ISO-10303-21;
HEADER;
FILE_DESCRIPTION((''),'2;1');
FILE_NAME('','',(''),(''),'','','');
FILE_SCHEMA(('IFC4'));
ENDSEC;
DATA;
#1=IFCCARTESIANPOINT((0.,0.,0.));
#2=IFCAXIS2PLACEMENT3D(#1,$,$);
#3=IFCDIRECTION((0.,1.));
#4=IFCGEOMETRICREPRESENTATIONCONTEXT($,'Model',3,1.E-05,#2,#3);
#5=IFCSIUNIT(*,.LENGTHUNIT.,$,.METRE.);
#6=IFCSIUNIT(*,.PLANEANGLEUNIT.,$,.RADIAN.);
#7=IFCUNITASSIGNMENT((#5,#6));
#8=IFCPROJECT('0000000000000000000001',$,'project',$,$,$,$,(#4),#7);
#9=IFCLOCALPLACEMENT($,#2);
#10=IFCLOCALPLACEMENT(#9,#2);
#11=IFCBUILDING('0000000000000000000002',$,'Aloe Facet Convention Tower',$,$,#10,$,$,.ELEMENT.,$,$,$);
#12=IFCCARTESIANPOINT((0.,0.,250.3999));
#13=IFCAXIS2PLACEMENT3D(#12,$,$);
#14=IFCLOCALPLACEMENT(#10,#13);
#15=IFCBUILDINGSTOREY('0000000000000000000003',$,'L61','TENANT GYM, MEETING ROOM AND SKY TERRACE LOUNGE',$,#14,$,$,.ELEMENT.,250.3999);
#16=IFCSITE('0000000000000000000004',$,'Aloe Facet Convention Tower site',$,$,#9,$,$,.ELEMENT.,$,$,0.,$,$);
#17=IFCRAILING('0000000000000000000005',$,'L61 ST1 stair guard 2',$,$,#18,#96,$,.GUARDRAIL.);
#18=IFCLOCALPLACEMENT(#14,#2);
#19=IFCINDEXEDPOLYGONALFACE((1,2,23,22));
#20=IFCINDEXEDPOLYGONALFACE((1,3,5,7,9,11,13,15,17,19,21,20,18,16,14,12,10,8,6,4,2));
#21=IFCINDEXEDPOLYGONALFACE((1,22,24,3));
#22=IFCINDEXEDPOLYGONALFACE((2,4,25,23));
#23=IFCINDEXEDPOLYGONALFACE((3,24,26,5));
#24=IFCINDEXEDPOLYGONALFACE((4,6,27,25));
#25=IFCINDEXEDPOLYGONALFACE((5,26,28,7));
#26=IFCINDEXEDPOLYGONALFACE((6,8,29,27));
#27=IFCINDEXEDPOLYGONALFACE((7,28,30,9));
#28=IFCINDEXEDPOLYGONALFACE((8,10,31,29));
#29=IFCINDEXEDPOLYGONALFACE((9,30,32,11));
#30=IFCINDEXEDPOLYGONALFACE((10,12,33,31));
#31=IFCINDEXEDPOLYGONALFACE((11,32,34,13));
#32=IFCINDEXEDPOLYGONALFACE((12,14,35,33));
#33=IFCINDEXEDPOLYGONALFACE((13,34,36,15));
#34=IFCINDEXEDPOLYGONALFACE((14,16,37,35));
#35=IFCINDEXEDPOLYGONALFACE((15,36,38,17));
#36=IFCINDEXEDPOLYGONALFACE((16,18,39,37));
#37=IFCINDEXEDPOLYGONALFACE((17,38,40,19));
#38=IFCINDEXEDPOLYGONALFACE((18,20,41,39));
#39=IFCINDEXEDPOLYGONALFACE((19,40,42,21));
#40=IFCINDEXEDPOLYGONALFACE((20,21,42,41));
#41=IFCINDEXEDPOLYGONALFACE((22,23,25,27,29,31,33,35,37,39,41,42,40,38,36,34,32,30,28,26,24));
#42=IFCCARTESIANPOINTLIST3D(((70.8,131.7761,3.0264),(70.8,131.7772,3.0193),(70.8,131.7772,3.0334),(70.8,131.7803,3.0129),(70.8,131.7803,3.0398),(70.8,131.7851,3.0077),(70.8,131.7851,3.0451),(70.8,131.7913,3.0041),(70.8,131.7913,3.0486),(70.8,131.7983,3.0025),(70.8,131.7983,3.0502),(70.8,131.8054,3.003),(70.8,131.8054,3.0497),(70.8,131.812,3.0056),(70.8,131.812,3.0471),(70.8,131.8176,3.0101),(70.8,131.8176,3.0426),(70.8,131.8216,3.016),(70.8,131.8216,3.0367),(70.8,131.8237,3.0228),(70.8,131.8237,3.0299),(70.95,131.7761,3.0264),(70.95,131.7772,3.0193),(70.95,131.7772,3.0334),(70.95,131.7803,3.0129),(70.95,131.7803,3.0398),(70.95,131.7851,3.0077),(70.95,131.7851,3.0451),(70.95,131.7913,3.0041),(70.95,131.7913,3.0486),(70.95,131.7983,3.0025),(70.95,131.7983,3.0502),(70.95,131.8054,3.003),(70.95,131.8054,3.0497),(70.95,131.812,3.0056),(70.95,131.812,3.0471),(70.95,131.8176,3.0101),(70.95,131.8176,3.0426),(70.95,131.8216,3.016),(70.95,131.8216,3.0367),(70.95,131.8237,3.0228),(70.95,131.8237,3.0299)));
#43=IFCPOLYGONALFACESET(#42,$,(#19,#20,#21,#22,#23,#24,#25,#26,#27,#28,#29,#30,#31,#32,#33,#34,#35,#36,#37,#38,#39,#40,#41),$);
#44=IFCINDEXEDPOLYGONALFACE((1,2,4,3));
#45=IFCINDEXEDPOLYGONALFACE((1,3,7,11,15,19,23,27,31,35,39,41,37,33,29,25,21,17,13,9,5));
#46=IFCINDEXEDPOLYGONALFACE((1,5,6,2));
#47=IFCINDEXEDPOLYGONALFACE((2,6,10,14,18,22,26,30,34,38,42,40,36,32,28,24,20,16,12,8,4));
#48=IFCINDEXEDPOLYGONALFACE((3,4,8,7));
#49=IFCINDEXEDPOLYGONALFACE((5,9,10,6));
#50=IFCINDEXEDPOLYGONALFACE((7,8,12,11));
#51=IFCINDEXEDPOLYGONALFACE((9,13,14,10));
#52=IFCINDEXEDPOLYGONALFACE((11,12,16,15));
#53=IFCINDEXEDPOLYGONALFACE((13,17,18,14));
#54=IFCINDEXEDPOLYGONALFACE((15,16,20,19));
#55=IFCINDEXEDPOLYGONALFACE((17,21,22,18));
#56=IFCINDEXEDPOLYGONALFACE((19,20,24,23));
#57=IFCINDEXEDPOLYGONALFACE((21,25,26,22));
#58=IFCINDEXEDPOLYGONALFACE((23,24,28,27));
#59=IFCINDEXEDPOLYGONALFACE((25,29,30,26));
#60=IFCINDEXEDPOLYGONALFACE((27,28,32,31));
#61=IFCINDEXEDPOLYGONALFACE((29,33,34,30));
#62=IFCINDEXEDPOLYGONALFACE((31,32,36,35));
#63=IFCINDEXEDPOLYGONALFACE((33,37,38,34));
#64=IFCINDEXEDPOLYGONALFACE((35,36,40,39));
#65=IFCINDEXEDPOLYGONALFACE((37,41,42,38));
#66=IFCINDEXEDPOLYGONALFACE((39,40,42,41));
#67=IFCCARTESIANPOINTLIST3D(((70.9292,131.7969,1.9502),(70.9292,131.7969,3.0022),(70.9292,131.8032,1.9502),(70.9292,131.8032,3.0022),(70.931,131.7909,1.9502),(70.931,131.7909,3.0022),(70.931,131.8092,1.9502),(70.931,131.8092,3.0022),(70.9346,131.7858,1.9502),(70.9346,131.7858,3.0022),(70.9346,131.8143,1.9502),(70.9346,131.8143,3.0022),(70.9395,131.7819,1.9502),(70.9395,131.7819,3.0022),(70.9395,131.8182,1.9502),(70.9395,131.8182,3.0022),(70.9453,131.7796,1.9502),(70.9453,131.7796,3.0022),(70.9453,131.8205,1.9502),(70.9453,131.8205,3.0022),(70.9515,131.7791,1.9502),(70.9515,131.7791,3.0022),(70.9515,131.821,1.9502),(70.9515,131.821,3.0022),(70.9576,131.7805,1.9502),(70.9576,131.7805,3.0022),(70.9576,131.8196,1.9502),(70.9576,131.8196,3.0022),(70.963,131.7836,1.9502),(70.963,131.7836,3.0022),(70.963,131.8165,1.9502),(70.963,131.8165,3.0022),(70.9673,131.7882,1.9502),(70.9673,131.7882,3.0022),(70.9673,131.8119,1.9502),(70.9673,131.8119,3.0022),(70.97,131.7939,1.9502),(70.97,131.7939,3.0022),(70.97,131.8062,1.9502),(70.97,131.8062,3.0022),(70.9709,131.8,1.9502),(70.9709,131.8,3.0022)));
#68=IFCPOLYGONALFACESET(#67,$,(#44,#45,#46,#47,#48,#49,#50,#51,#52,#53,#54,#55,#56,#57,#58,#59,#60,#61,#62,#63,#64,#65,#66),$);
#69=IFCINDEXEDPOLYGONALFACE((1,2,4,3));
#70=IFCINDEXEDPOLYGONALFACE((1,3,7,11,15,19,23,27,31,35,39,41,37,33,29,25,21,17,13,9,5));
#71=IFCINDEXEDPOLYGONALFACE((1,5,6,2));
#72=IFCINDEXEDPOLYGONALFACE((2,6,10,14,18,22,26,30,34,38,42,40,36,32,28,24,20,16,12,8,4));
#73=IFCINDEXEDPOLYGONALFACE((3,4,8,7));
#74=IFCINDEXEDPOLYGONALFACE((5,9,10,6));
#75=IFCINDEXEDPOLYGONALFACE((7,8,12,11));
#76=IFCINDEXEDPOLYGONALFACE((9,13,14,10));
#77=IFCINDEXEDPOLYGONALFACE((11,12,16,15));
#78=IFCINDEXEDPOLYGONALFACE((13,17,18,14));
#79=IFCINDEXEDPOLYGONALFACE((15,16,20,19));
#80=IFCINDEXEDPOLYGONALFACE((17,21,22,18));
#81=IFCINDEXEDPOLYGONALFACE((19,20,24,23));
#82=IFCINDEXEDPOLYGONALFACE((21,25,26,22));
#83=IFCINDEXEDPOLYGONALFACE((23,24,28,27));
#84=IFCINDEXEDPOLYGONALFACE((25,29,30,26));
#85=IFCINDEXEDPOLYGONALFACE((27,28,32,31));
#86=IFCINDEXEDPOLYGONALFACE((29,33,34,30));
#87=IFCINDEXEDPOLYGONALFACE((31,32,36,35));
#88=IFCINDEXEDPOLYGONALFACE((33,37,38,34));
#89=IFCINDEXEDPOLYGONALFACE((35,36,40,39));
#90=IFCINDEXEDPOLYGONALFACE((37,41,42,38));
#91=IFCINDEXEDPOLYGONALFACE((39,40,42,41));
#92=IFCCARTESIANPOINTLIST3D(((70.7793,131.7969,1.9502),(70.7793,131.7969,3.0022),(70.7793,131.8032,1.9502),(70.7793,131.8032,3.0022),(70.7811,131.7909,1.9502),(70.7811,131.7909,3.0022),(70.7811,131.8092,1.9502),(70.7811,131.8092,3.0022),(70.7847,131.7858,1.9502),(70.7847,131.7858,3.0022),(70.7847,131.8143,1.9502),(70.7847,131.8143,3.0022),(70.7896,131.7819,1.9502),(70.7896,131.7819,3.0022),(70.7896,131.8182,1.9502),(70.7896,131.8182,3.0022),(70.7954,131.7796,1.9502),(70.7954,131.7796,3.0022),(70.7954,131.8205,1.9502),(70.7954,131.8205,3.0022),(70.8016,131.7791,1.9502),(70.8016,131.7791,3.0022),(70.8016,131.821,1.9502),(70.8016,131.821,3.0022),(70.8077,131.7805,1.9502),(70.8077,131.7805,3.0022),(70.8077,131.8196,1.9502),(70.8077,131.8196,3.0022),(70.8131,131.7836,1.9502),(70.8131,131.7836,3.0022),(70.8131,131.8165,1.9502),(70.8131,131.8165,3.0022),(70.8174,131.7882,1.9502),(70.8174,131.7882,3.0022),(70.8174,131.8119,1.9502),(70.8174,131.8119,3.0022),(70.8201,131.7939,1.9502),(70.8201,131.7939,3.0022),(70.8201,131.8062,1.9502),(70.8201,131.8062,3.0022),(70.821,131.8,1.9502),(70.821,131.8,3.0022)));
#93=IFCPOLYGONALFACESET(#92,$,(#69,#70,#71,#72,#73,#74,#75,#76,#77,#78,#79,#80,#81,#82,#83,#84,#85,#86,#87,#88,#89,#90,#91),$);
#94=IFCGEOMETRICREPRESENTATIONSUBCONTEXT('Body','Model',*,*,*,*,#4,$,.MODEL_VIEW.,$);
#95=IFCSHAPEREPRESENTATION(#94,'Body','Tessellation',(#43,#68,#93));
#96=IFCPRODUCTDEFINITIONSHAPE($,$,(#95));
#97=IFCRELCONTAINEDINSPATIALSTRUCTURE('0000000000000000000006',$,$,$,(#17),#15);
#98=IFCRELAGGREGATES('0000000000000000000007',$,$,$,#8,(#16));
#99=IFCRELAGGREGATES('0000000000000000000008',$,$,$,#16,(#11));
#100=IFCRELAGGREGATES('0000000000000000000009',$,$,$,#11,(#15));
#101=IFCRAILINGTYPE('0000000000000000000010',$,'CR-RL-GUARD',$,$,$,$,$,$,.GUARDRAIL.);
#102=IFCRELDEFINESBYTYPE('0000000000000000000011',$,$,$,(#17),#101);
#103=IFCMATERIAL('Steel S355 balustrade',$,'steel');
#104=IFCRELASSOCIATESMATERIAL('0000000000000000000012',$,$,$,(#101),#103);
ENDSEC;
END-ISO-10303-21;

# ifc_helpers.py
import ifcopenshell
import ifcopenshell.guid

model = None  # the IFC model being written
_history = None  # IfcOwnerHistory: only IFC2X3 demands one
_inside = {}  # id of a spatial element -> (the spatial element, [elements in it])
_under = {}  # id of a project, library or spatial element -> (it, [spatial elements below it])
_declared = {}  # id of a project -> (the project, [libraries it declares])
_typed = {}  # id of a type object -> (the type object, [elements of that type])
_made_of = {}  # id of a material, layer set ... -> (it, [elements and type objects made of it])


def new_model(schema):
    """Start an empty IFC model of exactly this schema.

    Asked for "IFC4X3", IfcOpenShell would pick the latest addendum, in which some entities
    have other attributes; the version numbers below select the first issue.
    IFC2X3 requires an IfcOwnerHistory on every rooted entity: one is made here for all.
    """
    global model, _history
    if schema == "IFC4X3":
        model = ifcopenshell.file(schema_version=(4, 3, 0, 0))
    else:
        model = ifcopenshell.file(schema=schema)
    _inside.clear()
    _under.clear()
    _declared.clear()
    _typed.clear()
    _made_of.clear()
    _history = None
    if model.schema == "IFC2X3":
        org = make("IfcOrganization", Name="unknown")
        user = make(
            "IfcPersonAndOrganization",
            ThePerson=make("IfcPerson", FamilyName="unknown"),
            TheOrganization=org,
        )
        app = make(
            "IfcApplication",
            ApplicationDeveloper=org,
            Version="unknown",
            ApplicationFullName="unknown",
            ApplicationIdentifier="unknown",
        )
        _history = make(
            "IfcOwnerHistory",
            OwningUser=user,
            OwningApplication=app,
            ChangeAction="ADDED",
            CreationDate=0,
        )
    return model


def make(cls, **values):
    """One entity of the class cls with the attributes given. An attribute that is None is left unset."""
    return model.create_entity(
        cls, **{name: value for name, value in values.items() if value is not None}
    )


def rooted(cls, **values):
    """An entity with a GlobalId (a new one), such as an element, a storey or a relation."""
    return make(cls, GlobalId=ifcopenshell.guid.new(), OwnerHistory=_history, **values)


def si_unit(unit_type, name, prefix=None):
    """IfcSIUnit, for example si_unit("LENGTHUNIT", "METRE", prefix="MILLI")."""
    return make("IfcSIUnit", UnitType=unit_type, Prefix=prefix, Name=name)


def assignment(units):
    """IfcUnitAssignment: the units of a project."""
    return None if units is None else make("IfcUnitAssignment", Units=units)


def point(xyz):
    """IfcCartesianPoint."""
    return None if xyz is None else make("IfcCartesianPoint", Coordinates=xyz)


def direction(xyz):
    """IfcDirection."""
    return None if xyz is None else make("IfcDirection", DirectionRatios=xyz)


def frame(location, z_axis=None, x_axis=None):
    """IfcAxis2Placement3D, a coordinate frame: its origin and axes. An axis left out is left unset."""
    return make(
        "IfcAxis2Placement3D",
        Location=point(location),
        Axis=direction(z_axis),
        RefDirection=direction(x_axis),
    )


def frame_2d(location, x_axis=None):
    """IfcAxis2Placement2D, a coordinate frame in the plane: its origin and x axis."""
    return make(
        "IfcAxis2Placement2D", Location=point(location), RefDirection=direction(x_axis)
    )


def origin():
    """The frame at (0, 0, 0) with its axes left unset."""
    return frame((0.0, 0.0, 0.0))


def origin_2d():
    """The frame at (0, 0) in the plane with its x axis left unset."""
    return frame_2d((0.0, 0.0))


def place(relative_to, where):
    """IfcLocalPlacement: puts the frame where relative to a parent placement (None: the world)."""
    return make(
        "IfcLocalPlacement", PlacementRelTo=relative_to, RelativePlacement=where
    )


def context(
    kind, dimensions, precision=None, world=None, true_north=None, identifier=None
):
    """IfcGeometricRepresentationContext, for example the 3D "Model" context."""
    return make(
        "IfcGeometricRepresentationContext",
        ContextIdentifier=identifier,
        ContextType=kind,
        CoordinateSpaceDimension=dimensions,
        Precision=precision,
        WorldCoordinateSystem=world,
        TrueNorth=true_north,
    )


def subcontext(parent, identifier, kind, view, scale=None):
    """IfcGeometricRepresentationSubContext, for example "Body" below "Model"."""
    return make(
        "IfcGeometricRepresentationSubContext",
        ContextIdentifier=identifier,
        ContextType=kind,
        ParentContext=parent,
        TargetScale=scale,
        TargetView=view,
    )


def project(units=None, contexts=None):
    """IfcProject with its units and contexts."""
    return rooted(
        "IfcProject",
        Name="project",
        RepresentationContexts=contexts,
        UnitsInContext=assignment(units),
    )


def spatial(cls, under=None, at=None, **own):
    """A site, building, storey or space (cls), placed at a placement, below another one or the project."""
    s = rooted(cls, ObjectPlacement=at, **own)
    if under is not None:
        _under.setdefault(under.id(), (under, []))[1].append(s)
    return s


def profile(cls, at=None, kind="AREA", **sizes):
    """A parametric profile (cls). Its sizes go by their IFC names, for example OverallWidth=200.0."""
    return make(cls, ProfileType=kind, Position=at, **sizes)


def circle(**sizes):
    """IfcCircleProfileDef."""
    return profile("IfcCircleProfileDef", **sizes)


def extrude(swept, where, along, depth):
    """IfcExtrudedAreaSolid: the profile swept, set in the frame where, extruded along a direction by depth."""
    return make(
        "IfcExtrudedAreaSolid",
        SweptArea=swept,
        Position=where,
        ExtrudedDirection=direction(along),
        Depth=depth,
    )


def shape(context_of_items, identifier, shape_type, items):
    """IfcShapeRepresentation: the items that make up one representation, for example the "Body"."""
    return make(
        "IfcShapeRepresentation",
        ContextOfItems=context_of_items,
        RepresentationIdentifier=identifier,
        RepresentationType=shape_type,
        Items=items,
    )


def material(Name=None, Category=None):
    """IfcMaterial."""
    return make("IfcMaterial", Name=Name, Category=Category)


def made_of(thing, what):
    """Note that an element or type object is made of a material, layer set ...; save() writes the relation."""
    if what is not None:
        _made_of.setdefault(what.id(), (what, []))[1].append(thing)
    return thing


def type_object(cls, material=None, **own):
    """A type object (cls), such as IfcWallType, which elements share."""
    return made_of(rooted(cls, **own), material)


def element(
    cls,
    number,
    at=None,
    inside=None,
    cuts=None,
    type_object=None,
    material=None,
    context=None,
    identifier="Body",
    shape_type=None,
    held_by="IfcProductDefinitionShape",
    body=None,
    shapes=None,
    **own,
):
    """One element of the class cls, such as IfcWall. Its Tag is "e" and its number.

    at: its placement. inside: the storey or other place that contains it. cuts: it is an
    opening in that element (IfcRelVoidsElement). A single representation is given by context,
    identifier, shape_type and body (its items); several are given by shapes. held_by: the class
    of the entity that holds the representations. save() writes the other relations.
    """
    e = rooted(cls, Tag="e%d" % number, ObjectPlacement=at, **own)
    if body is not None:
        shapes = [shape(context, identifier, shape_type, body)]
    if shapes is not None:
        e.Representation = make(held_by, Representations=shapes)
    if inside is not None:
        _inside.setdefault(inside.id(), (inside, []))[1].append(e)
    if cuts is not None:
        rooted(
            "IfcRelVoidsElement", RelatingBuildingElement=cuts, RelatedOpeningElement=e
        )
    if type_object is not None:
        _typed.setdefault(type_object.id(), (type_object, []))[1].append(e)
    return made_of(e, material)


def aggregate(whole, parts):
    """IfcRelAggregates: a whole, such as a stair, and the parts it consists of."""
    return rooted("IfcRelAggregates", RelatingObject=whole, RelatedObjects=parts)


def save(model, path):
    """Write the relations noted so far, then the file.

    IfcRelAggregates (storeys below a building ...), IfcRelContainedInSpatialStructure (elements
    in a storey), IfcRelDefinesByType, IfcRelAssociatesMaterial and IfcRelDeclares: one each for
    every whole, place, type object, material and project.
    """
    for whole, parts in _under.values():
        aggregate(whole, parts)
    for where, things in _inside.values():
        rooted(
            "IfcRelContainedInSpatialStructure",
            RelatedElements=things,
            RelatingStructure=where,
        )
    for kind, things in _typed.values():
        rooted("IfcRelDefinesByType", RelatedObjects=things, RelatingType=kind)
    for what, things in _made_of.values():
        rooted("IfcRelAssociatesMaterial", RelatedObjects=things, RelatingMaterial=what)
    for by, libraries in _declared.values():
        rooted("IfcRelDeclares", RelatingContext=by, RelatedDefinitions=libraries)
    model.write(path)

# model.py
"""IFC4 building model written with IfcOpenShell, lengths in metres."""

from ifc_helpers import new_model, si_unit, direction, frame, origin, origin_2d, place, context, subcontext, project, spatial, circle, extrude, material, type_object, element, save


model = new_model("IFC4")

# Units and contexts
model_context = context("Model", 3, precision=1e-05, world=origin(), true_north=direction((0.0, 1.0)))
body_context = subcontext(model_context, "Body", "Model", "MODEL_VIEW")
ifc_project = project(units=[si_unit("LENGTHUNIT", "METRE"), si_unit("PLANEANGLEUNIT", "RADIAN")], contexts=[model_context])

# Site, building, storey
site_placement = place(None, origin())
site = spatial("IfcSite", under=ifc_project, at=site_placement, Name="Aloe Facet Convention Tower site", CompositionType="ELEMENT", RefElevation=0.0)
building_placement = place(site_placement, origin())
building = spatial("IfcBuilding", under=site, at=building_placement, Name="Aloe Facet Convention Tower", CompositionType="ELEMENT")
storey_placement = place(building_placement, frame((0.0, 0.0, 250.3999)))
storey = spatial("IfcBuildingStorey", under=building, at=storey_placement, Name="L61", Description="TENANT GYM, MEETING ROOM AND SKY TERRACE LOUNGE", CompositionType="ELEMENT", Elevation=250.3999)

# Railing
ifc_material_1 = material(Name="Steel S355 balustrade", Category="steel")
railing_type_1 = type_object("IfcRailingType", Name="CR-RL-GUARD", PredefinedType="GUARDRAIL", material=ifc_material_1)
railing_1_placement = place(storey_placement, frame((70.95, 131.8, 1.9502)))
element("IfcRailing", 1, at=railing_1_placement, inside=storey, type_object=railing_type_1, Name="L61 ST1 stair guard 2", PredefinedType="GUARDRAIL", context=body_context, shape_type="SweptSolid", body=[
    extrude(circle(Radius=0.0239, at=origin_2d()), frame((0.0, 0.0, 1.0762), z_axis=(-1.0, 0.0, 0.0), x_axis=(0.0, -1.0, 0.0)), (0.0, 0.0, 1.0), 0.1499),
    extrude(circle(Radius=0.021, at=origin_2d()), origin(), (0.0, 0.0, 1.0), 1.052),
    extrude(circle(Radius=0.021, at=origin_2d()), frame((-0.1499, 0.0, 0.0)), (0.0, 0.0, 1.0), 1.052),
])

save(model, "model.ifc")
